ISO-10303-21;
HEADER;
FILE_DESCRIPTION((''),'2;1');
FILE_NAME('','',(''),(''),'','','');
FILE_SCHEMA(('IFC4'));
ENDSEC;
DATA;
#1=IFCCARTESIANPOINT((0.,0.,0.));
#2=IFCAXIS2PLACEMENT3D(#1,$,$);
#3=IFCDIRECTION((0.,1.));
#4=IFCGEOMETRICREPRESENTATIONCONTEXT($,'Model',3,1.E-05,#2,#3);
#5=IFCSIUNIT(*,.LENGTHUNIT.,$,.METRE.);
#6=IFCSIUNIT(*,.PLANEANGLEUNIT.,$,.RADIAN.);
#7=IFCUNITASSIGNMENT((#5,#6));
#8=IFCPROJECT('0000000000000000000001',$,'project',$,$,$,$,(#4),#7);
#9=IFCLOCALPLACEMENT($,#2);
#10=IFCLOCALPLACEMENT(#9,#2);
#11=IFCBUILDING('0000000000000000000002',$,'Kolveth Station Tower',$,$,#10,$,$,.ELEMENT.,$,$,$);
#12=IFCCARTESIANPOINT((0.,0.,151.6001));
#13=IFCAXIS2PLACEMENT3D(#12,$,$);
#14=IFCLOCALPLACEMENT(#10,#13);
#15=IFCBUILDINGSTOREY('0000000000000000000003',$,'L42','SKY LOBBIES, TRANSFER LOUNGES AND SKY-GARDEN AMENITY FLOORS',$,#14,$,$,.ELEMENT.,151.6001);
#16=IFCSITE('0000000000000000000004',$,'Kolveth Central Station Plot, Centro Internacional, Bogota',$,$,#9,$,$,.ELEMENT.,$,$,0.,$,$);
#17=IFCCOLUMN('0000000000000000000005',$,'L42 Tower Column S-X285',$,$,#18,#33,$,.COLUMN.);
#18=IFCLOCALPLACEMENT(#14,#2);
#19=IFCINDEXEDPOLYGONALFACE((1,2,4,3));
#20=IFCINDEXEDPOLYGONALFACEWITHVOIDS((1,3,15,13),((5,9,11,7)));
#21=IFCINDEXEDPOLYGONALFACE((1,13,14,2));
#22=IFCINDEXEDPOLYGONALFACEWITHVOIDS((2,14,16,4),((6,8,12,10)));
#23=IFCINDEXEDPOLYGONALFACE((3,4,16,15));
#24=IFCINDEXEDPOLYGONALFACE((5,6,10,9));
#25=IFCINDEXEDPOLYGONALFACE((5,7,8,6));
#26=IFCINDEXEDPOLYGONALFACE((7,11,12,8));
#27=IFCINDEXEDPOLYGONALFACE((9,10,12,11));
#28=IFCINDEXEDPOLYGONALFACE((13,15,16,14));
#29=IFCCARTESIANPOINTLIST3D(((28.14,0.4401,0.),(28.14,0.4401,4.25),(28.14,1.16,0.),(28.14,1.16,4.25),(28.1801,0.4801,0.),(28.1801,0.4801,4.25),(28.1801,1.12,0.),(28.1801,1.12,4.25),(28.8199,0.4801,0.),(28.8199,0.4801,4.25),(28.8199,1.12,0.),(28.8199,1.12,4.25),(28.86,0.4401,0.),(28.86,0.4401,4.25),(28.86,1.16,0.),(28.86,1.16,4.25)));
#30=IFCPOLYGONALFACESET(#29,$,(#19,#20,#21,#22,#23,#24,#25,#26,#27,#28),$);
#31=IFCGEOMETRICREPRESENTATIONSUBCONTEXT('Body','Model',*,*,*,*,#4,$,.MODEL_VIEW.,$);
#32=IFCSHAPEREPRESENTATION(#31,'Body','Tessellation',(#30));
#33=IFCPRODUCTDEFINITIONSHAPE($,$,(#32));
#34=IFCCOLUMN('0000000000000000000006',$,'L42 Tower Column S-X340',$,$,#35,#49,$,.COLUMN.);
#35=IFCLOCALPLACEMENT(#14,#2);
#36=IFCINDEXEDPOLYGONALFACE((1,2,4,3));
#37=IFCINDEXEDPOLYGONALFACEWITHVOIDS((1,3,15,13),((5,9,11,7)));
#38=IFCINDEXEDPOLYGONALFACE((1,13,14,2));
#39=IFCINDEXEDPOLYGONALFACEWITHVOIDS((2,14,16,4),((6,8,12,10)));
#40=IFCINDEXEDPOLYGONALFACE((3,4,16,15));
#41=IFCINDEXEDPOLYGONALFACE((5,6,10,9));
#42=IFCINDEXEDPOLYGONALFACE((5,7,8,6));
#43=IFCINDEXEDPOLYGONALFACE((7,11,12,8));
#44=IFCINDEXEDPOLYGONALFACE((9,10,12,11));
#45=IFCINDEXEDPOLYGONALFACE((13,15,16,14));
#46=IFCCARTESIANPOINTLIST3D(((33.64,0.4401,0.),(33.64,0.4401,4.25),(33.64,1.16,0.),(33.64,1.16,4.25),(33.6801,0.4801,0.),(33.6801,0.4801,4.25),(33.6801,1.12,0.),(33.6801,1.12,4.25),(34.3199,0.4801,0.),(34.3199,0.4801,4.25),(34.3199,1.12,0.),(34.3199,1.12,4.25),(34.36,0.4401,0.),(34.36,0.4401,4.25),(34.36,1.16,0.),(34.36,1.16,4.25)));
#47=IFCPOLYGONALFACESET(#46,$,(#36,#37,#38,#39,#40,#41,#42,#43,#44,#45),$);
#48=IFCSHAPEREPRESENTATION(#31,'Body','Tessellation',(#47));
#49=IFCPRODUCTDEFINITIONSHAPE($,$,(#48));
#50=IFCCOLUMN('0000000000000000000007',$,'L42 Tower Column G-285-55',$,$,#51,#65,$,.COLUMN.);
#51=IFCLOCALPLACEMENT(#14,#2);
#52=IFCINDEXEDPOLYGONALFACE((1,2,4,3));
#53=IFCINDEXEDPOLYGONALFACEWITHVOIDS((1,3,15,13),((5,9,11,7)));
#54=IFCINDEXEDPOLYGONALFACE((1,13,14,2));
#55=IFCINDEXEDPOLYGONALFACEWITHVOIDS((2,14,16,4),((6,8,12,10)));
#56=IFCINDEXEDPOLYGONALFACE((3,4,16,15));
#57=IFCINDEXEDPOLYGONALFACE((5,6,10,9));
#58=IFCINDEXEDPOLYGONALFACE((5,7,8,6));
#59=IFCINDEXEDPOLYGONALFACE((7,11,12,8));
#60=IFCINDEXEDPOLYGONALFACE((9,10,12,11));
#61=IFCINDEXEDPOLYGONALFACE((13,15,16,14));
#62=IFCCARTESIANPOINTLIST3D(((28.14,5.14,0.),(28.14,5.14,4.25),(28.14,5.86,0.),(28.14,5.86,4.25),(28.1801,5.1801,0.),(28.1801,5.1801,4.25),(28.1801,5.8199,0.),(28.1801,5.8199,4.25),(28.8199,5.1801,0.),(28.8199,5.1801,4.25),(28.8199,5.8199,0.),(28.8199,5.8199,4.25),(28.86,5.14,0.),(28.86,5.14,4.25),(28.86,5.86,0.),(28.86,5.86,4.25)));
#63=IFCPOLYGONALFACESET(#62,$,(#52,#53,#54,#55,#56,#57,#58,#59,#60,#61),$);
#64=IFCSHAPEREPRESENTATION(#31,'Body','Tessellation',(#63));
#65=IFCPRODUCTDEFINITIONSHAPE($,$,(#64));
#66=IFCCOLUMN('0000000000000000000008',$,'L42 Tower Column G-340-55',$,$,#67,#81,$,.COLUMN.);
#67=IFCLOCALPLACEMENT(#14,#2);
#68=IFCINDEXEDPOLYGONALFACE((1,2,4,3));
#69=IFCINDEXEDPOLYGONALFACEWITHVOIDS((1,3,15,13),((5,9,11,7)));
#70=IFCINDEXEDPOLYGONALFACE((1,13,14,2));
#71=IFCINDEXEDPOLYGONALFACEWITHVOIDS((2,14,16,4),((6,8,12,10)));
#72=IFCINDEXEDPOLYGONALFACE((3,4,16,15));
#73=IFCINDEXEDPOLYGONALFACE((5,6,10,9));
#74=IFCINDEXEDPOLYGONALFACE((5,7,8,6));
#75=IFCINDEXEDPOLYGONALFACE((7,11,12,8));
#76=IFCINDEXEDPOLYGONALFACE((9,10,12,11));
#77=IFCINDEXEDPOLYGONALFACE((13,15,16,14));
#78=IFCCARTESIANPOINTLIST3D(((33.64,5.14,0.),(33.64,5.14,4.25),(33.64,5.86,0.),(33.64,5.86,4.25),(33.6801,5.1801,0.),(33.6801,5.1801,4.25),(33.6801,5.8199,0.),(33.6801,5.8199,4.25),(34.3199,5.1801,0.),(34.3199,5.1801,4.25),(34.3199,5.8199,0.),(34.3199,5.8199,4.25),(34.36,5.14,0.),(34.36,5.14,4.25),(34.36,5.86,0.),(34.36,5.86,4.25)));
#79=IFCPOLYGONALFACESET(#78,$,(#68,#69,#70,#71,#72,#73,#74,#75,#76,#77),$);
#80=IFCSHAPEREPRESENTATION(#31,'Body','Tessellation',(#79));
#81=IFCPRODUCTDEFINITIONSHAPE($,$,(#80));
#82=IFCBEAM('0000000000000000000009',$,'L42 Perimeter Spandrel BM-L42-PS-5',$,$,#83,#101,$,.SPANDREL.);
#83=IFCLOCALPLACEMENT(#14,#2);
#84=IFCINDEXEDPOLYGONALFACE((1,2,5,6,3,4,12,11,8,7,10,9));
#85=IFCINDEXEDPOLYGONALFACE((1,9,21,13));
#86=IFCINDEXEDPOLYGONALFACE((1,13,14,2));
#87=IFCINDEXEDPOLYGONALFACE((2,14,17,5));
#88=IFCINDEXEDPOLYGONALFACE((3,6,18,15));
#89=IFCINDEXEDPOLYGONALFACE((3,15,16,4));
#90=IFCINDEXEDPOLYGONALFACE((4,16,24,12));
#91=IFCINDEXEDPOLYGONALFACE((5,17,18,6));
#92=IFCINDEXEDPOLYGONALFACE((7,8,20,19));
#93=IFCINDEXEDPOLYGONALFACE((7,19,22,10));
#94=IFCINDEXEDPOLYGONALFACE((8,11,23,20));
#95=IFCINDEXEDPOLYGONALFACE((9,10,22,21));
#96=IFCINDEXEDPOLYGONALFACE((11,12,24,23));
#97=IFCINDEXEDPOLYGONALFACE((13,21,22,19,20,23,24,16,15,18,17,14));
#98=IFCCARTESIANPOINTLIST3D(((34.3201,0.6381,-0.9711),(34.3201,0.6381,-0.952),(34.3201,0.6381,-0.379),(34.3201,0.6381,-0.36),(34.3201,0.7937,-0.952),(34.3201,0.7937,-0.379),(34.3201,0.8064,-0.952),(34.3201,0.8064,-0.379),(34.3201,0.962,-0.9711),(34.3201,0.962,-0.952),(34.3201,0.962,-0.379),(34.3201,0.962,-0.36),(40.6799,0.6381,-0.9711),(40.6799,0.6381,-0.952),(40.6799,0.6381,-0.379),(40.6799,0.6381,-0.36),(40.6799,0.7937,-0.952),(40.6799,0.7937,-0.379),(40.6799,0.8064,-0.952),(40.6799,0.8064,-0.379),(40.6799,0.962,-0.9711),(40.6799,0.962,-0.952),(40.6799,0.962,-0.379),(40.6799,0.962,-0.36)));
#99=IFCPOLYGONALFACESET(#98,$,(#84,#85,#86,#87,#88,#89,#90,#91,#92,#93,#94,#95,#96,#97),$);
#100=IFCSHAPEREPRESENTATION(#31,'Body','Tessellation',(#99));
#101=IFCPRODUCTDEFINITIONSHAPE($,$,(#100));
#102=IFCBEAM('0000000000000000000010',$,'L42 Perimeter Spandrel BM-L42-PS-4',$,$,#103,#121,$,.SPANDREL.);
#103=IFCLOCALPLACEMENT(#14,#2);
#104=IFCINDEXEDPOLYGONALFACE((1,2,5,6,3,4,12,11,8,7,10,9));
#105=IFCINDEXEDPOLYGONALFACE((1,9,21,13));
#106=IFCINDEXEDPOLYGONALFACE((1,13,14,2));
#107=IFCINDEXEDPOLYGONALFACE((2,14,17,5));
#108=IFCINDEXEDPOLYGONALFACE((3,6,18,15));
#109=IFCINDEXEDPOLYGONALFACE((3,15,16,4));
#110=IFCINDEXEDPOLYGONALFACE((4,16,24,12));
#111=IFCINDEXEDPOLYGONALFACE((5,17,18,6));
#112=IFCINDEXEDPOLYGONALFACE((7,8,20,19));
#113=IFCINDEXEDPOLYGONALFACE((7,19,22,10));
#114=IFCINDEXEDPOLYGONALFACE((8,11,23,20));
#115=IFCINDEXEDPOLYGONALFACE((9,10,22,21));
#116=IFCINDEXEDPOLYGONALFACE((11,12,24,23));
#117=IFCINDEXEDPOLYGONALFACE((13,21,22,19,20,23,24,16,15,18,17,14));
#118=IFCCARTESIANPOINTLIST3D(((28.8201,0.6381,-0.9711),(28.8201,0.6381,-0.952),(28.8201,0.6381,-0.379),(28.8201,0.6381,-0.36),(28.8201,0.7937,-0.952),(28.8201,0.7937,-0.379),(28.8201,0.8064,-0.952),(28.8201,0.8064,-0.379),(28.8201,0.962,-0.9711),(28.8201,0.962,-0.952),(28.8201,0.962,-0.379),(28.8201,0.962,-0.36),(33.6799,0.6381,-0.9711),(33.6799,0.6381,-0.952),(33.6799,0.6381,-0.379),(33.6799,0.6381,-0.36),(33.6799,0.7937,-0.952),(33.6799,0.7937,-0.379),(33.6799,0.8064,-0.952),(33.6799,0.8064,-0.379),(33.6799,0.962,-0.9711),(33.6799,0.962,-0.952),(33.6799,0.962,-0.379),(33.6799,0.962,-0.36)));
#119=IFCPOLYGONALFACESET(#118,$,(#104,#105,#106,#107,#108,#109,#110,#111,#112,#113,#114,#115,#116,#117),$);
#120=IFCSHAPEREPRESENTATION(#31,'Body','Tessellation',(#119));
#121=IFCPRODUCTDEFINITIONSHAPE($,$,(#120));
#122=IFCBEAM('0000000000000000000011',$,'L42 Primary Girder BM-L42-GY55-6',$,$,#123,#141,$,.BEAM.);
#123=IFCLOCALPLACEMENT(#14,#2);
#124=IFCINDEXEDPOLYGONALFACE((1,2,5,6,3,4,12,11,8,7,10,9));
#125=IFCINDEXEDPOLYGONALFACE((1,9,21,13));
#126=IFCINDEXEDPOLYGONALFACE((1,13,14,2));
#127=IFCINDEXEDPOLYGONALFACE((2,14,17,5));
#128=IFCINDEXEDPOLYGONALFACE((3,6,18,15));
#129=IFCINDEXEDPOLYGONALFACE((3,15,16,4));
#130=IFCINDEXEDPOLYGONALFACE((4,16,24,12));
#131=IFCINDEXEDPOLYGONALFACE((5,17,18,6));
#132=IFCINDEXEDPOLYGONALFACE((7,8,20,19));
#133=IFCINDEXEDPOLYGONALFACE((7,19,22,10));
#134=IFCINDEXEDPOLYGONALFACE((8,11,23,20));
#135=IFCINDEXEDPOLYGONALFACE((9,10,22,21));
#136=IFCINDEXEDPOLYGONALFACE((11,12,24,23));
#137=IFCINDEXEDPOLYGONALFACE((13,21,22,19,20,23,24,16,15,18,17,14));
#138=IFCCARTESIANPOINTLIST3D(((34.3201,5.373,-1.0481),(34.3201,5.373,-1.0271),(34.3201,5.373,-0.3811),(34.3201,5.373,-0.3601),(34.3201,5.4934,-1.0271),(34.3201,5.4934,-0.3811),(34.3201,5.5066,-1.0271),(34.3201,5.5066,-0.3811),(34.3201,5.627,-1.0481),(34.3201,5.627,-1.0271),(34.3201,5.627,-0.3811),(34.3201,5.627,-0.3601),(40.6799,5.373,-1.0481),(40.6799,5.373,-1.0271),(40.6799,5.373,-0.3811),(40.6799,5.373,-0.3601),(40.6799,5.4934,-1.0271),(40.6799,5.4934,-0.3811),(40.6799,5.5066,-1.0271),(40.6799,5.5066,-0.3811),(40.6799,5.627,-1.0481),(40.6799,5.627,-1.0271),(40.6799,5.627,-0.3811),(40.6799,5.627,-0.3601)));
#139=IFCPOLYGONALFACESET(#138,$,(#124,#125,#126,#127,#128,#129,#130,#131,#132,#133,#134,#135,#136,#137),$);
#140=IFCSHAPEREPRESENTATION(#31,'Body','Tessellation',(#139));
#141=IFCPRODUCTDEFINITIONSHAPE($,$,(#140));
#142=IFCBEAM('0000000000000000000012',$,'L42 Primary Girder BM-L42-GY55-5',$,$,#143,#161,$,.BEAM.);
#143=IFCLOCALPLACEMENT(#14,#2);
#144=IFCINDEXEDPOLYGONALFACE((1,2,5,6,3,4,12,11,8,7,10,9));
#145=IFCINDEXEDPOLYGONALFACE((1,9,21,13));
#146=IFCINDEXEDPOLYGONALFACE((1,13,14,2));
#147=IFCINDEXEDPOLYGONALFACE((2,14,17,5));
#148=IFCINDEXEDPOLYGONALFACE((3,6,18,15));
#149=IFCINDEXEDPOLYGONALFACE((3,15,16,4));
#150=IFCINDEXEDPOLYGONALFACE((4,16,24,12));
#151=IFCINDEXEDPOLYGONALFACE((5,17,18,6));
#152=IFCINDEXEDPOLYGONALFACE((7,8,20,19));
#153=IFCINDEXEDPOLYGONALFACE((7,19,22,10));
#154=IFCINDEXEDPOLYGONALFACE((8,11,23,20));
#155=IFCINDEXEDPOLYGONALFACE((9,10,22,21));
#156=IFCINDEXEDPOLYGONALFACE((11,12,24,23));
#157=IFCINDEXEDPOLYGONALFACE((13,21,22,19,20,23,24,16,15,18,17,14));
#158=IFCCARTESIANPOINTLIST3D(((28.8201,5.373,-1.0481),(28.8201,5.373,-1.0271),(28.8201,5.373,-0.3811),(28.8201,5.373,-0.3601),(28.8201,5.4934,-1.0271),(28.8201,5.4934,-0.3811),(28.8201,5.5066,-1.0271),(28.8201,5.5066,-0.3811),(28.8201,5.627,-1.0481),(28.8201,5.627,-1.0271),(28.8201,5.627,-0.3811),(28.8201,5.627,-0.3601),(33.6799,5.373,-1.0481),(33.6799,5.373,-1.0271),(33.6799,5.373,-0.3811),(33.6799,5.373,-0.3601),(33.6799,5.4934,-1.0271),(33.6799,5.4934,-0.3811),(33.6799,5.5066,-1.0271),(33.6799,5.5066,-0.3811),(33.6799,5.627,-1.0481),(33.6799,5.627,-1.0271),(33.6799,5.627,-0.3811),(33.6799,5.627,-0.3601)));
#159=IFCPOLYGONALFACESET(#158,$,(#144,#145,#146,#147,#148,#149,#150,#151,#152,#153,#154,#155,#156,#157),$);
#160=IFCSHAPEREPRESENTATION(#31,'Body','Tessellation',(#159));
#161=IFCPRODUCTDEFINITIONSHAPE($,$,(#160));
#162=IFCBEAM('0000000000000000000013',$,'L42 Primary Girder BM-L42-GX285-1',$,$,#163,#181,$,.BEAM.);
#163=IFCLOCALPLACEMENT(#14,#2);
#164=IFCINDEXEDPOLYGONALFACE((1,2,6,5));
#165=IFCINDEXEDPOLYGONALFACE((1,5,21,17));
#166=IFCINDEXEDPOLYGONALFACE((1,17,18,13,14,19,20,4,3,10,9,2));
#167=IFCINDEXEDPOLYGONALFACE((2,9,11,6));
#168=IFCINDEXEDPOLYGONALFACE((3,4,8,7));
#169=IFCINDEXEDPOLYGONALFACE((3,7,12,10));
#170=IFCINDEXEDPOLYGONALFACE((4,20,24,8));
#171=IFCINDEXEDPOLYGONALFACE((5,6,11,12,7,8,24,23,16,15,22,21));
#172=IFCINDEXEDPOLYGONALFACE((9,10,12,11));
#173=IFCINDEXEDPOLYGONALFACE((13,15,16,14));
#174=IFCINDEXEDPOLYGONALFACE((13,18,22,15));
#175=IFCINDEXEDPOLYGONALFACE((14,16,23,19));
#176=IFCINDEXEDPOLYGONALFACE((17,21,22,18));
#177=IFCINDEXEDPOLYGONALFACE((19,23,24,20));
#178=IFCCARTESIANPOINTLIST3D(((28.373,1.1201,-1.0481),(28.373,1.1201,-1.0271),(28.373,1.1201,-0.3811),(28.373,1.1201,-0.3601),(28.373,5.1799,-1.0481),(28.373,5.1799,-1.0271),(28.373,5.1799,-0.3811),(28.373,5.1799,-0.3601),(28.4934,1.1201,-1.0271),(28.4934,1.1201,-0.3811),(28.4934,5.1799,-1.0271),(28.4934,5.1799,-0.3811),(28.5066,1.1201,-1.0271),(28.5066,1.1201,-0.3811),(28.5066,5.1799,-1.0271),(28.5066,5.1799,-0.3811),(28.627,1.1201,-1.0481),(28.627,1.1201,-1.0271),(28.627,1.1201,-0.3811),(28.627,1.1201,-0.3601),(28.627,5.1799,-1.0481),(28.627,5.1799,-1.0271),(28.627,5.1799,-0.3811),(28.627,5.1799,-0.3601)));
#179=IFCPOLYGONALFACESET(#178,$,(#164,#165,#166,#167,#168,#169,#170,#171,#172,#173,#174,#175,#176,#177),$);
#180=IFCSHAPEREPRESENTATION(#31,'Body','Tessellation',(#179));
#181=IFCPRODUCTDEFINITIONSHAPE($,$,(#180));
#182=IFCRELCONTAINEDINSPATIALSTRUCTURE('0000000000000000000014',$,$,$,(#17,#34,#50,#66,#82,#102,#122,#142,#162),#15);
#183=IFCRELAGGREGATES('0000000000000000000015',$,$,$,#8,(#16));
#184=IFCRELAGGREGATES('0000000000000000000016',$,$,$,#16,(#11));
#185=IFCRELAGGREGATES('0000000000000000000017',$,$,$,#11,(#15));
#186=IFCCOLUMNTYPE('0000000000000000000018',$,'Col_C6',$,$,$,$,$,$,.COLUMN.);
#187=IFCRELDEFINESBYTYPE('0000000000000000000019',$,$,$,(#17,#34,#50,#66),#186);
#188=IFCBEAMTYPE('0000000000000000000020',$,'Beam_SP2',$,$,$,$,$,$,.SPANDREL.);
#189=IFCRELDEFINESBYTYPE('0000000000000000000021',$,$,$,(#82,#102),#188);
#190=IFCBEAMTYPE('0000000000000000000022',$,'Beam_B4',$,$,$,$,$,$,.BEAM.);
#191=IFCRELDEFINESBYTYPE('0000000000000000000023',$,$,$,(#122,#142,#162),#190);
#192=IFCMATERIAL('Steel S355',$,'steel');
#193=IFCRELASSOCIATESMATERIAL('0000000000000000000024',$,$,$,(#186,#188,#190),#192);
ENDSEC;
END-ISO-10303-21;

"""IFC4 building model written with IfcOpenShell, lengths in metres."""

from ifc_helpers import new_model, si_unit, direction, frame, origin, origin_2d, place, context, subcontext, project, spatial, hollow_rectangle, i_section, extrude, source, transform, mapped, material, material_profile, profile_set, type_object, element, save


model = new_model("IFC4")

# Units and contexts
model_context = context("Model", 3, precision=1e-05, world=origin(), true_north=direction((0.0, 1.0)))
body_context = subcontext(model_context, "Body", "Model", "MODEL_VIEW")
ifc_project = project(units=[si_unit("LENGTHUNIT", "METRE"), si_unit("PLANEANGLEUNIT", "RADIAN")], contexts=[model_context])

# Site, building, storey
site_placement = place(None, origin())
site = spatial("IfcSite", under=ifc_project, at=site_placement, Name="Kolveth Central Station Plot, Centro Internacional, Bogota", CompositionType="ELEMENT", RefElevation=0.0)
building_placement = place(site_placement, origin())
building = spatial("IfcBuilding", under=site, at=building_placement, Name="Kolveth Station Tower", CompositionType="ELEMENT")
storey_placement = place(building_placement, frame((0.0, 0.0, 151.6001)))
storey = spatial("IfcBuildingStorey", under=building, at=storey_placement, Name="L42", Description="SKY LOBBIES, TRANSFER LOUNGES AND SKY-GARDEN AMENITY FLOORS", CompositionType="ELEMENT", Elevation=151.6001)

# Columns
ifc_material_1 = material(Name="Steel S355", Category="steel")
ifc_material_profile_1 = material_profile(ifc_material_1, hollow_rectangle(XDim=0.72, YDim=0.72, WallThickness=0.04, at=origin_2d()), Name="BOX720x720x40")
ifc_profile_set_1 = profile_set([ifc_material_profile_1], Name="Steel S355")
column_type = type_object("IfcColumnType", Name="Col_C6", PredefinedType="COLUMN", material=ifc_profile_set_1)
shared_shape_1 = source(origin(), body_context, "Body", "SweptSolid", [
    extrude(hollow_rectangle(XDim=0.72, YDim=0.72, WallThickness=0.04, at=origin_2d()), origin(), (0.0, 0.0, 1.0), 4.25),
])
for number, where, z_axis, x_axis, name in (
    (1, (28.5, 0.8, 0.0), (0.0, 0.0, 1.0), (1.0, 0.0, 0.0), "L42 Tower Column S-X285"),
    (2, (34.0, 0.8, 0.0), (0.0, 0.0, 1.0), (1.0, 0.0, 0.0), "L42 Tower Column S-X340"),
    (3, (28.5, 5.5, 0.0), (0.0, 0.0, 1.0), (1.0, 0.0, 0.0), "L42 Tower Column G-285-55"),
    (4, (34.0, 5.5, 0.0), (0.0, 0.0, 1.0), (1.0, 0.0, 0.0), "L42 Tower Column G-340-55"),
):
    element("IfcColumn", number, at=place(storey_placement, frame(where, z_axis=z_axis, x_axis=x_axis)), inside=storey, type_object=column_type, Name=name, PredefinedType="COLUMN", context=body_context, shape_type="MappedRepresentation", body=[
        mapped(shared_shape_1, transform((0.0, 0.0, 0.0), x_axis=(1.0, 0.0, 0.0), y_axis=(0.0, 1.0, 0.0), z_axis=(0.0, 0.0, 1.0), scale=1.0)),
    ])

# Beams
ifc_material_profile_2 = material_profile(ifc_material_1, i_section(OverallWidth=0.324, OverallDepth=0.6111, WebThickness=0.0127, FlangeThickness=0.019, at=origin_2d()), Name="W610x155")
ifc_profile_set_2 = profile_set([ifc_material_profile_2], Name="Steel S355")
beam_type_1 = type_object("IfcBeamType", Name="Beam_SP2", PredefinedType="SPANDREL", material=ifc_profile_set_2)
shared_shape_2 = source(origin(), body_context, "Body", "SweptSolid", [
    extrude(i_section(OverallWidth=0.324, OverallDepth=0.6111, WebThickness=0.0127, FlangeThickness=0.019, at=origin_2d()), origin(), (0.0, 0.0, 1.0), 6.3599),
])
beam_1_placement = place(storey_placement, frame((34.3201, 0.8, -0.6655), z_axis=(1.0, 0.0, 0.0), x_axis=(0.0, 1.0, 0.0)))
element("IfcBeam", 5, at=beam_1_placement, inside=storey, type_object=beam_type_1, Name="L42 Perimeter Spandrel BM-L42-PS-5", PredefinedType="SPANDREL", context=body_context, shape_type="MappedRepresentation", body=[
    mapped(shared_shape_2, transform((0.0, 0.0, 0.0), x_axis=(1.0, 0.0, 0.0), y_axis=(0.0, 1.0, 0.0), z_axis=(0.0, 0.0, 1.0), scale=1.0)),
])
shared_shape_3 = source(origin(), body_context, "Body", "SweptSolid", [
    extrude(i_section(OverallWidth=0.324, OverallDepth=0.6111, WebThickness=0.0127, FlangeThickness=0.019, at=origin_2d()), origin(), (0.0, 0.0, 1.0), 4.8599),
])
beam_2_placement = place(storey_placement, frame((28.8201, 0.8, -0.6655), z_axis=(1.0, 0.0, 0.0), x_axis=(0.0, 1.0, 0.0)))
element("IfcBeam", 6, at=beam_2_placement, inside=storey, type_object=beam_type_1, Name="L42 Perimeter Spandrel BM-L42-PS-4", PredefinedType="SPANDREL", context=body_context, shape_type="MappedRepresentation", body=[
    mapped(shared_shape_3, transform((0.0, 0.0, 0.0), x_axis=(1.0, 0.0, 0.0), y_axis=(0.0, 1.0, 0.0), z_axis=(0.0, 0.0, 1.0), scale=1.0)),
])
ifc_material_profile_3 = material_profile(ifc_material_1, i_section(OverallWidth=0.2539, OverallDepth=0.688, WebThickness=0.0132, FlangeThickness=0.021, at=origin_2d()), Name="W690x152")
ifc_profile_set_3 = profile_set([ifc_material_profile_3], Name="Steel S355")
beam_type_2 = type_object("IfcBeamType", Name="Beam_B4", PredefinedType="BEAM", material=ifc_profile_set_3)
shared_shape_4 = source(origin(), body_context, "Body", "SweptSolid", [
    extrude(i_section(OverallWidth=0.2539, OverallDepth=0.688, WebThickness=0.0132, FlangeThickness=0.021, at=origin_2d()), origin(), (0.0, 0.0, 1.0), 6.3599),
])
beam_3_placement = place(storey_placement, frame((34.3201, 5.5, -0.7041), z_axis=(1.0, 0.0, 0.0), x_axis=(0.0, 1.0, 0.0)))
element("IfcBeam", 7, at=beam_3_placement, inside=storey, type_object=beam_type_2, Name="L42 Primary Girder BM-L42-GY55-6", PredefinedType="BEAM", context=body_context, shape_type="MappedRepresentation", body=[
    mapped(shared_shape_4, transform((0.0, 0.0, 0.0), x_axis=(1.0, 0.0, 0.0), y_axis=(0.0, 1.0, 0.0), z_axis=(0.0, 0.0, 1.0), scale=1.0)),
])
shared_shape_5 = source(origin(), body_context, "Body", "SweptSolid", [
    extrude(i_section(OverallWidth=0.2539, OverallDepth=0.688, WebThickness=0.0132, FlangeThickness=0.021, at=origin_2d()), origin(), (0.0, 0.0, 1.0), 4.8599),
])
beam_4_placement = place(storey_placement, frame((28.8201, 5.5, -0.7041), z_axis=(1.0, 0.0, 0.0), x_axis=(0.0, 1.0, 0.0)))
element("IfcBeam", 8, at=beam_4_placement, inside=storey, type_object=beam_type_2, Name="L42 Primary Girder BM-L42-GY55-5", PredefinedType="BEAM", context=body_context, shape_type="MappedRepresentation", body=[
    mapped(shared_shape_5, transform((0.0, 0.0, 0.0), x_axis=(1.0, 0.0, 0.0), y_axis=(0.0, 1.0, 0.0), z_axis=(0.0, 0.0, 1.0), scale=1.0)),
])
shared_shape_6 = source(origin(), body_context, "Body", "SweptSolid", [
    extrude(i_section(OverallWidth=0.2539, OverallDepth=0.688, WebThickness=0.0132, FlangeThickness=0.021, at=origin_2d()), origin(), (0.0, 0.0, 1.0), 4.0598),
])
for number, where, z_axis, x_axis, name in (
    (9, (28.5, 1.1201, -0.7041), (0.0, 1.0, 0.0), (-1.0, 0.0, 0.0), "L42 Primary Girder BM-L42-GX285-1"),
):
    element("IfcBeam", number, at=place(storey_placement, frame(where, z_axis=z_axis, x_axis=x_axis)), inside=storey, type_object=beam_type_2, Name=name, PredefinedType="BEAM", context=body_context, shape_type="MappedRepresentation", body=[
        mapped(shared_shape_6, transform((0.0, 0.0, 0.0), x_axis=(1.0, 0.0, 0.0), y_axis=(0.0, 1.0, 0.0), z_axis=(0.0, 0.0, 1.0), scale=1.0)),
    ])

save(model, "model.ifc")
